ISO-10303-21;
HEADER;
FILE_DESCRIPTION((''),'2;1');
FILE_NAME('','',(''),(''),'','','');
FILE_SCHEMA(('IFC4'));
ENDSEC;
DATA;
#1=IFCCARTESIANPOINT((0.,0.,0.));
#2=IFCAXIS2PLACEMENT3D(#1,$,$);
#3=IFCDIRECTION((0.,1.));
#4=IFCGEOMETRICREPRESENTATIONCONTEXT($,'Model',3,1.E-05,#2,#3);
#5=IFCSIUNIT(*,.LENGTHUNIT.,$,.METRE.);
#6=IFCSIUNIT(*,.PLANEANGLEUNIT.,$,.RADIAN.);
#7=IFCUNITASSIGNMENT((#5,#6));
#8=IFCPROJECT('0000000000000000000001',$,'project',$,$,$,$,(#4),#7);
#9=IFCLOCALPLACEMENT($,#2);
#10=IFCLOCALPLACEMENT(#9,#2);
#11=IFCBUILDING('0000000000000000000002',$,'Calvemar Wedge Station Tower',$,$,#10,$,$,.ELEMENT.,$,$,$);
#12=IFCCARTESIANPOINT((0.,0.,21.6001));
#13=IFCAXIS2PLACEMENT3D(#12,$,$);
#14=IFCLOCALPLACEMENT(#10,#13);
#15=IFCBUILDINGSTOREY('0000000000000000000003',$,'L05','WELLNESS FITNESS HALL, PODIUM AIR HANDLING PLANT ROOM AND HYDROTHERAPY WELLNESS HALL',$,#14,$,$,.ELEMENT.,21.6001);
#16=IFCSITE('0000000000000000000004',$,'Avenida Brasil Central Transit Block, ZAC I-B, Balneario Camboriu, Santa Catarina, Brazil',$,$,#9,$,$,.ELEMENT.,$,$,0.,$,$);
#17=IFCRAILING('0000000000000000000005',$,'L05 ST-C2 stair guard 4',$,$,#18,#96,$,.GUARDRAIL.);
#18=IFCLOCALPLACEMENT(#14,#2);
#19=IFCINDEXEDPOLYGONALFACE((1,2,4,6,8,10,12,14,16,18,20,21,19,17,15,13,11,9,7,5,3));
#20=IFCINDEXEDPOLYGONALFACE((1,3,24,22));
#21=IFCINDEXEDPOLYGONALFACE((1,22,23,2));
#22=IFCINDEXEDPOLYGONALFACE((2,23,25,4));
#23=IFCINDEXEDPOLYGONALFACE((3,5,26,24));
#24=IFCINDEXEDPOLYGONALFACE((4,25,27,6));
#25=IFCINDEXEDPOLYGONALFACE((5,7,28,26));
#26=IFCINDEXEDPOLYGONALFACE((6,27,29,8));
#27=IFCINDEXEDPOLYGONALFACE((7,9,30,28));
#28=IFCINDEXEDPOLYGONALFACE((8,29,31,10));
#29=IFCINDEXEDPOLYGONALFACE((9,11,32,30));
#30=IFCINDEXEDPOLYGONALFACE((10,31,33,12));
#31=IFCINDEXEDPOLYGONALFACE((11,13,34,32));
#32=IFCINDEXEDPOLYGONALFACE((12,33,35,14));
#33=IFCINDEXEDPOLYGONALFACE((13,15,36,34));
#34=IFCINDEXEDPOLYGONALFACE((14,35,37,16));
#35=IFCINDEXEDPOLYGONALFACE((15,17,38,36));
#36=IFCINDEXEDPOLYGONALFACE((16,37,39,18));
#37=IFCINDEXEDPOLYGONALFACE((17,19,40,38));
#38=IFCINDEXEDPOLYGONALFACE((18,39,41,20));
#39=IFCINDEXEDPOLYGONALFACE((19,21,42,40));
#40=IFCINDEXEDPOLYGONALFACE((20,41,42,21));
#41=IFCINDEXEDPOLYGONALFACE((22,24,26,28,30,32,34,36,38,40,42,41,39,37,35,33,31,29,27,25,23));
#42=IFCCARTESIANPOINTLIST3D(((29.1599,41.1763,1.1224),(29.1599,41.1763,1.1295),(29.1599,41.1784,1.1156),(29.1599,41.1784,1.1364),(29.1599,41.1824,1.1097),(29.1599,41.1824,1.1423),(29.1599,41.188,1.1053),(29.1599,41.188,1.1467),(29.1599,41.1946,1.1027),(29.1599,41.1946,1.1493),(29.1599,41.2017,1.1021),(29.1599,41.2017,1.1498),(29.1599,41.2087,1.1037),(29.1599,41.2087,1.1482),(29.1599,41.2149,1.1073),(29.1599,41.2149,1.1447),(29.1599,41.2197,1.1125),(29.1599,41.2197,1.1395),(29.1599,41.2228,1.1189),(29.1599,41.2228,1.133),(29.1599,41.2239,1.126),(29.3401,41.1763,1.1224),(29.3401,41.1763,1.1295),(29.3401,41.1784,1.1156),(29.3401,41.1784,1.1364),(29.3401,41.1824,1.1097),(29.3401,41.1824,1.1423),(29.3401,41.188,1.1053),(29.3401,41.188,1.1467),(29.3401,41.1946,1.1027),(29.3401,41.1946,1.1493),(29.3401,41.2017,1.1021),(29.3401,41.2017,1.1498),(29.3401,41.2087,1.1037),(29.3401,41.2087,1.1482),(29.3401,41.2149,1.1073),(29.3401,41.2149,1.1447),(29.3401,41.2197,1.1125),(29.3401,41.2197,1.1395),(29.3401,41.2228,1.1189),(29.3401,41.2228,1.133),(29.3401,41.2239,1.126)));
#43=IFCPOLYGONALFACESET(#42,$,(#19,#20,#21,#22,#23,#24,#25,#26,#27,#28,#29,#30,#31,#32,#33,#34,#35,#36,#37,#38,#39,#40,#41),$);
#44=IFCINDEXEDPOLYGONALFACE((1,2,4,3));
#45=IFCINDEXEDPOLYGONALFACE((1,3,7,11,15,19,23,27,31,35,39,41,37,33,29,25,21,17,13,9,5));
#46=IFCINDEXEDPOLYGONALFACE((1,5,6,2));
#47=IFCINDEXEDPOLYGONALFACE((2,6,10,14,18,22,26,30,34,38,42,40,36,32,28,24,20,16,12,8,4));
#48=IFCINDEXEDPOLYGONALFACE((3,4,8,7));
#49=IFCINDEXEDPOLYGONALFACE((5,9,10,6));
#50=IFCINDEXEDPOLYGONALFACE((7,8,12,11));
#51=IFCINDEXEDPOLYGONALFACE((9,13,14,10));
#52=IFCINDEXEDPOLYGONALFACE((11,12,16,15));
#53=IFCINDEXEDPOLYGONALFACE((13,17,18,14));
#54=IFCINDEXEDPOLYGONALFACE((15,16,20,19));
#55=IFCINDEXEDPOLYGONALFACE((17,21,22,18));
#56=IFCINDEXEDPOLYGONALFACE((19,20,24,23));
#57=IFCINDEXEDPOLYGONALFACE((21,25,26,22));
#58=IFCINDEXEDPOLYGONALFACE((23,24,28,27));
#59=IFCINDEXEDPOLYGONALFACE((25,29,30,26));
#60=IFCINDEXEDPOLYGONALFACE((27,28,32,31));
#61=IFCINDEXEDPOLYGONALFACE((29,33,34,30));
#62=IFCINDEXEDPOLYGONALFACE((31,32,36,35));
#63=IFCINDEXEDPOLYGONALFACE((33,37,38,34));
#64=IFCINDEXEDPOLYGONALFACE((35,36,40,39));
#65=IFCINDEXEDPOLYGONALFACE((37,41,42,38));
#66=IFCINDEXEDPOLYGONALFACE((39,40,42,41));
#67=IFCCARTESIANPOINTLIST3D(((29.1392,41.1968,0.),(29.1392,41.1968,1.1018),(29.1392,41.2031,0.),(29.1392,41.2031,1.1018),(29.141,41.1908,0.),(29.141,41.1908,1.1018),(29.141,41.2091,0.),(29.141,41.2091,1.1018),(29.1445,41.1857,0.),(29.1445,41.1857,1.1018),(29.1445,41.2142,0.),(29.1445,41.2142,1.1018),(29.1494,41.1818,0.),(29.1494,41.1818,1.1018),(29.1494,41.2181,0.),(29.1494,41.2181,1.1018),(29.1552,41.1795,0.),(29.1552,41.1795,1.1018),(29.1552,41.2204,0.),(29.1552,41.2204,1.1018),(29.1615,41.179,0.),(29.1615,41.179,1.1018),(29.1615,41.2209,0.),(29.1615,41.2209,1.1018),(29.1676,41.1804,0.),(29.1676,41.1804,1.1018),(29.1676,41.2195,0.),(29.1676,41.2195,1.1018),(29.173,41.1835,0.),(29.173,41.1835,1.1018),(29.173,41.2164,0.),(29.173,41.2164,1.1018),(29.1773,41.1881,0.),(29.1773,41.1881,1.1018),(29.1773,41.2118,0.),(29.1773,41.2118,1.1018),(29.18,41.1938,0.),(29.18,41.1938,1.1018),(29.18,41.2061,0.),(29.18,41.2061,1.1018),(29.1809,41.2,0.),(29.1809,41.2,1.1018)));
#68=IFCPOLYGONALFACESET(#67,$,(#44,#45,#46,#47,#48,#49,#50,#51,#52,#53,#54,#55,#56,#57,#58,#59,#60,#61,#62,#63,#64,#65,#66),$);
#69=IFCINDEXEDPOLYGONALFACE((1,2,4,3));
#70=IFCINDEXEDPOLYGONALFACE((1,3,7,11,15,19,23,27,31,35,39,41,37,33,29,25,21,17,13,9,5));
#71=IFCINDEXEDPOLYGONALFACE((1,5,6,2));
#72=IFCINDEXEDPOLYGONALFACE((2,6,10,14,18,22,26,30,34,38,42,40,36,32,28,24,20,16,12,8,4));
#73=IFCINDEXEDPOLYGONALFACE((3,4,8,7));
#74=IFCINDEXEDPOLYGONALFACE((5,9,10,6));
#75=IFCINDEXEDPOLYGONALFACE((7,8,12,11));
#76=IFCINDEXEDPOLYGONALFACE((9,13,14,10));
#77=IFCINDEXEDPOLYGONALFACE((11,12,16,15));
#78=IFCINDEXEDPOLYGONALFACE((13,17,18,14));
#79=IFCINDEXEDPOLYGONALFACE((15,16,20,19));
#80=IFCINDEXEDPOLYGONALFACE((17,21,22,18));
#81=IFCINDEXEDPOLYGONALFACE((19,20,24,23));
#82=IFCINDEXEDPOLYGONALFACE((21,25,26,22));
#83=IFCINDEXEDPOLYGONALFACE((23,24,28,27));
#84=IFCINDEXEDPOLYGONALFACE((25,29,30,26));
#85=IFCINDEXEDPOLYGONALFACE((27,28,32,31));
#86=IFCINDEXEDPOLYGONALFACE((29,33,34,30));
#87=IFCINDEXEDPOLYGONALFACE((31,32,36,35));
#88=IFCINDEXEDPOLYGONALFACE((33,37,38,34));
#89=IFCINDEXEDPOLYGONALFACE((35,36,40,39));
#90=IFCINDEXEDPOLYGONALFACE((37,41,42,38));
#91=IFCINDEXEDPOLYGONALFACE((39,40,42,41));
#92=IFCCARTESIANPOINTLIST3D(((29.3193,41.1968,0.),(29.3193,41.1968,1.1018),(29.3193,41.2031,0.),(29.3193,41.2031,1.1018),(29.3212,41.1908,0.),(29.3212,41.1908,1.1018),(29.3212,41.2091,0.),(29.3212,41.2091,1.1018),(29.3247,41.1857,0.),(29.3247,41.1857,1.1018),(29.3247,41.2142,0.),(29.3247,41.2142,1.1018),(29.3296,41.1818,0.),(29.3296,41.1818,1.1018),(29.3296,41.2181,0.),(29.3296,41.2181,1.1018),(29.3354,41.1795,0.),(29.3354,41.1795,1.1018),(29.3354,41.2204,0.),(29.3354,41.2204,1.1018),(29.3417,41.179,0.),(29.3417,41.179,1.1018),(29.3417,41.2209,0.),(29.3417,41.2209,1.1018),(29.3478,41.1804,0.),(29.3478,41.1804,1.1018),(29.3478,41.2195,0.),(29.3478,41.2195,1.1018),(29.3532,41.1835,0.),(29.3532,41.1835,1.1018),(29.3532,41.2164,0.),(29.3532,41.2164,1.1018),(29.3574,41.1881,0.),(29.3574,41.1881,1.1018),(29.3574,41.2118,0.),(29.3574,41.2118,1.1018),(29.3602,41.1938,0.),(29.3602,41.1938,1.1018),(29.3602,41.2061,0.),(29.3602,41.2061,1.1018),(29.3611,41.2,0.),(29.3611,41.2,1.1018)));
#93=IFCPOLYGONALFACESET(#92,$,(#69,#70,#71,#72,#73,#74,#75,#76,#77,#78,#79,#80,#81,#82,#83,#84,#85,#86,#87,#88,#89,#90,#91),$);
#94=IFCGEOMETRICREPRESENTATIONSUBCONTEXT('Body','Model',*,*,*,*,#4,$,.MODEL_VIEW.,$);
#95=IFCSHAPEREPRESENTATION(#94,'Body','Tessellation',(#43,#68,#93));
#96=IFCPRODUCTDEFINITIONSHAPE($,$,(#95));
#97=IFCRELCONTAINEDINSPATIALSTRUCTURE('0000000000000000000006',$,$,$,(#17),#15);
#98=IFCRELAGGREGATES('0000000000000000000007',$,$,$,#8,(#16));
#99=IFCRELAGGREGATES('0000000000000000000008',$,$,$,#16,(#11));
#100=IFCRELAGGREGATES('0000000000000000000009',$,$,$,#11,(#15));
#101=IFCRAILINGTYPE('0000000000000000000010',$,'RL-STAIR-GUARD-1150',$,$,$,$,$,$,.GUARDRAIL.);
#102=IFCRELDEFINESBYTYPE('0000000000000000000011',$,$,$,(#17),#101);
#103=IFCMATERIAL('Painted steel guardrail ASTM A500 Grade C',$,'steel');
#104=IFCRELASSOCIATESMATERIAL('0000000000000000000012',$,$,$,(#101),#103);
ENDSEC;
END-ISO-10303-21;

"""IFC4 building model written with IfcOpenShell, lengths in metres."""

from ifc_helpers import new_model, si_unit, direction, frame, origin, origin_2d, place, context, subcontext, project, spatial, circle, extrude, material, type_object, element, save


model = new_model("IFC4")

# Units and contexts
model_context = context("Model", 3, precision=1e-05, world=origin(), true_north=direction((0.0, 1.0)))
body_context = subcontext(model_context, "Body", "Model", "MODEL_VIEW")
ifc_project = project(units=[si_unit("LENGTHUNIT", "METRE"), si_unit("PLANEANGLEUNIT", "RADIAN")], contexts=[model_context])

# Site, building, storey
site_placement = place(None, origin())
site = spatial("IfcSite", under=ifc_project, at=site_placement, Name="Avenida Brasil Central Transit Block, ZAC I-B, Balneario Camboriu, Santa Catarina, Brazil", CompositionType="ELEMENT", RefElevation=0.0)
building_placement = place(site_placement, origin())
building = spatial("IfcBuilding", under=site, at=building_placement, Name="Calvemar Wedge Station Tower", CompositionType="ELEMENT")
storey_placement = place(building_placement, frame((0.0, 0.0, 21.6001)))
storey = spatial("IfcBuildingStorey", under=building, at=storey_placement, Name="L05", Description="WELLNESS FITNESS HALL, PODIUM AIR HANDLING PLANT ROOM AND HYDROTHERAPY WELLNESS HALL", CompositionType="ELEMENT", Elevation=21.6001)

# Railing
ifc_material_1 = material(Name="Painted steel guardrail ASTM A500 Grade C", Category="steel")
railing_type_1 = type_object("IfcRailingType", Name="RL-STAIR-GUARD-1150", PredefinedType="GUARDRAIL", material=ifc_material_1)
railing_1_placement = place(storey_placement, frame((29.1599, 41.2, 0.0)))
element("IfcRailing", 1, at=railing_1_placement, inside=storey, type_object=railing_type_1, Name="L05 ST-C2 stair guard 4", PredefinedType="GUARDRAIL", context=body_context, shape_type="SweptSolid", body=[
    extrude(circle(Radius=0.0239, at=origin_2d()), frame((0.0, 0.0, 1.126), z_axis=(1.0, 0.0, 0.0), x_axis=(0.0, 1.0, 0.0)), (0.0, 0.0, 1.0), 0.1802),
    extrude(circle(Radius=0.021, at=origin_2d()), origin(), (0.0, 0.0, 1.0), 1.1018),
    extrude(circle(Radius=0.021, at=origin_2d()), frame((0.1802, 0.0, 0.0)), (0.0, 0.0, 1.0), 1.1018),
])

save(model, "model.ifc")
